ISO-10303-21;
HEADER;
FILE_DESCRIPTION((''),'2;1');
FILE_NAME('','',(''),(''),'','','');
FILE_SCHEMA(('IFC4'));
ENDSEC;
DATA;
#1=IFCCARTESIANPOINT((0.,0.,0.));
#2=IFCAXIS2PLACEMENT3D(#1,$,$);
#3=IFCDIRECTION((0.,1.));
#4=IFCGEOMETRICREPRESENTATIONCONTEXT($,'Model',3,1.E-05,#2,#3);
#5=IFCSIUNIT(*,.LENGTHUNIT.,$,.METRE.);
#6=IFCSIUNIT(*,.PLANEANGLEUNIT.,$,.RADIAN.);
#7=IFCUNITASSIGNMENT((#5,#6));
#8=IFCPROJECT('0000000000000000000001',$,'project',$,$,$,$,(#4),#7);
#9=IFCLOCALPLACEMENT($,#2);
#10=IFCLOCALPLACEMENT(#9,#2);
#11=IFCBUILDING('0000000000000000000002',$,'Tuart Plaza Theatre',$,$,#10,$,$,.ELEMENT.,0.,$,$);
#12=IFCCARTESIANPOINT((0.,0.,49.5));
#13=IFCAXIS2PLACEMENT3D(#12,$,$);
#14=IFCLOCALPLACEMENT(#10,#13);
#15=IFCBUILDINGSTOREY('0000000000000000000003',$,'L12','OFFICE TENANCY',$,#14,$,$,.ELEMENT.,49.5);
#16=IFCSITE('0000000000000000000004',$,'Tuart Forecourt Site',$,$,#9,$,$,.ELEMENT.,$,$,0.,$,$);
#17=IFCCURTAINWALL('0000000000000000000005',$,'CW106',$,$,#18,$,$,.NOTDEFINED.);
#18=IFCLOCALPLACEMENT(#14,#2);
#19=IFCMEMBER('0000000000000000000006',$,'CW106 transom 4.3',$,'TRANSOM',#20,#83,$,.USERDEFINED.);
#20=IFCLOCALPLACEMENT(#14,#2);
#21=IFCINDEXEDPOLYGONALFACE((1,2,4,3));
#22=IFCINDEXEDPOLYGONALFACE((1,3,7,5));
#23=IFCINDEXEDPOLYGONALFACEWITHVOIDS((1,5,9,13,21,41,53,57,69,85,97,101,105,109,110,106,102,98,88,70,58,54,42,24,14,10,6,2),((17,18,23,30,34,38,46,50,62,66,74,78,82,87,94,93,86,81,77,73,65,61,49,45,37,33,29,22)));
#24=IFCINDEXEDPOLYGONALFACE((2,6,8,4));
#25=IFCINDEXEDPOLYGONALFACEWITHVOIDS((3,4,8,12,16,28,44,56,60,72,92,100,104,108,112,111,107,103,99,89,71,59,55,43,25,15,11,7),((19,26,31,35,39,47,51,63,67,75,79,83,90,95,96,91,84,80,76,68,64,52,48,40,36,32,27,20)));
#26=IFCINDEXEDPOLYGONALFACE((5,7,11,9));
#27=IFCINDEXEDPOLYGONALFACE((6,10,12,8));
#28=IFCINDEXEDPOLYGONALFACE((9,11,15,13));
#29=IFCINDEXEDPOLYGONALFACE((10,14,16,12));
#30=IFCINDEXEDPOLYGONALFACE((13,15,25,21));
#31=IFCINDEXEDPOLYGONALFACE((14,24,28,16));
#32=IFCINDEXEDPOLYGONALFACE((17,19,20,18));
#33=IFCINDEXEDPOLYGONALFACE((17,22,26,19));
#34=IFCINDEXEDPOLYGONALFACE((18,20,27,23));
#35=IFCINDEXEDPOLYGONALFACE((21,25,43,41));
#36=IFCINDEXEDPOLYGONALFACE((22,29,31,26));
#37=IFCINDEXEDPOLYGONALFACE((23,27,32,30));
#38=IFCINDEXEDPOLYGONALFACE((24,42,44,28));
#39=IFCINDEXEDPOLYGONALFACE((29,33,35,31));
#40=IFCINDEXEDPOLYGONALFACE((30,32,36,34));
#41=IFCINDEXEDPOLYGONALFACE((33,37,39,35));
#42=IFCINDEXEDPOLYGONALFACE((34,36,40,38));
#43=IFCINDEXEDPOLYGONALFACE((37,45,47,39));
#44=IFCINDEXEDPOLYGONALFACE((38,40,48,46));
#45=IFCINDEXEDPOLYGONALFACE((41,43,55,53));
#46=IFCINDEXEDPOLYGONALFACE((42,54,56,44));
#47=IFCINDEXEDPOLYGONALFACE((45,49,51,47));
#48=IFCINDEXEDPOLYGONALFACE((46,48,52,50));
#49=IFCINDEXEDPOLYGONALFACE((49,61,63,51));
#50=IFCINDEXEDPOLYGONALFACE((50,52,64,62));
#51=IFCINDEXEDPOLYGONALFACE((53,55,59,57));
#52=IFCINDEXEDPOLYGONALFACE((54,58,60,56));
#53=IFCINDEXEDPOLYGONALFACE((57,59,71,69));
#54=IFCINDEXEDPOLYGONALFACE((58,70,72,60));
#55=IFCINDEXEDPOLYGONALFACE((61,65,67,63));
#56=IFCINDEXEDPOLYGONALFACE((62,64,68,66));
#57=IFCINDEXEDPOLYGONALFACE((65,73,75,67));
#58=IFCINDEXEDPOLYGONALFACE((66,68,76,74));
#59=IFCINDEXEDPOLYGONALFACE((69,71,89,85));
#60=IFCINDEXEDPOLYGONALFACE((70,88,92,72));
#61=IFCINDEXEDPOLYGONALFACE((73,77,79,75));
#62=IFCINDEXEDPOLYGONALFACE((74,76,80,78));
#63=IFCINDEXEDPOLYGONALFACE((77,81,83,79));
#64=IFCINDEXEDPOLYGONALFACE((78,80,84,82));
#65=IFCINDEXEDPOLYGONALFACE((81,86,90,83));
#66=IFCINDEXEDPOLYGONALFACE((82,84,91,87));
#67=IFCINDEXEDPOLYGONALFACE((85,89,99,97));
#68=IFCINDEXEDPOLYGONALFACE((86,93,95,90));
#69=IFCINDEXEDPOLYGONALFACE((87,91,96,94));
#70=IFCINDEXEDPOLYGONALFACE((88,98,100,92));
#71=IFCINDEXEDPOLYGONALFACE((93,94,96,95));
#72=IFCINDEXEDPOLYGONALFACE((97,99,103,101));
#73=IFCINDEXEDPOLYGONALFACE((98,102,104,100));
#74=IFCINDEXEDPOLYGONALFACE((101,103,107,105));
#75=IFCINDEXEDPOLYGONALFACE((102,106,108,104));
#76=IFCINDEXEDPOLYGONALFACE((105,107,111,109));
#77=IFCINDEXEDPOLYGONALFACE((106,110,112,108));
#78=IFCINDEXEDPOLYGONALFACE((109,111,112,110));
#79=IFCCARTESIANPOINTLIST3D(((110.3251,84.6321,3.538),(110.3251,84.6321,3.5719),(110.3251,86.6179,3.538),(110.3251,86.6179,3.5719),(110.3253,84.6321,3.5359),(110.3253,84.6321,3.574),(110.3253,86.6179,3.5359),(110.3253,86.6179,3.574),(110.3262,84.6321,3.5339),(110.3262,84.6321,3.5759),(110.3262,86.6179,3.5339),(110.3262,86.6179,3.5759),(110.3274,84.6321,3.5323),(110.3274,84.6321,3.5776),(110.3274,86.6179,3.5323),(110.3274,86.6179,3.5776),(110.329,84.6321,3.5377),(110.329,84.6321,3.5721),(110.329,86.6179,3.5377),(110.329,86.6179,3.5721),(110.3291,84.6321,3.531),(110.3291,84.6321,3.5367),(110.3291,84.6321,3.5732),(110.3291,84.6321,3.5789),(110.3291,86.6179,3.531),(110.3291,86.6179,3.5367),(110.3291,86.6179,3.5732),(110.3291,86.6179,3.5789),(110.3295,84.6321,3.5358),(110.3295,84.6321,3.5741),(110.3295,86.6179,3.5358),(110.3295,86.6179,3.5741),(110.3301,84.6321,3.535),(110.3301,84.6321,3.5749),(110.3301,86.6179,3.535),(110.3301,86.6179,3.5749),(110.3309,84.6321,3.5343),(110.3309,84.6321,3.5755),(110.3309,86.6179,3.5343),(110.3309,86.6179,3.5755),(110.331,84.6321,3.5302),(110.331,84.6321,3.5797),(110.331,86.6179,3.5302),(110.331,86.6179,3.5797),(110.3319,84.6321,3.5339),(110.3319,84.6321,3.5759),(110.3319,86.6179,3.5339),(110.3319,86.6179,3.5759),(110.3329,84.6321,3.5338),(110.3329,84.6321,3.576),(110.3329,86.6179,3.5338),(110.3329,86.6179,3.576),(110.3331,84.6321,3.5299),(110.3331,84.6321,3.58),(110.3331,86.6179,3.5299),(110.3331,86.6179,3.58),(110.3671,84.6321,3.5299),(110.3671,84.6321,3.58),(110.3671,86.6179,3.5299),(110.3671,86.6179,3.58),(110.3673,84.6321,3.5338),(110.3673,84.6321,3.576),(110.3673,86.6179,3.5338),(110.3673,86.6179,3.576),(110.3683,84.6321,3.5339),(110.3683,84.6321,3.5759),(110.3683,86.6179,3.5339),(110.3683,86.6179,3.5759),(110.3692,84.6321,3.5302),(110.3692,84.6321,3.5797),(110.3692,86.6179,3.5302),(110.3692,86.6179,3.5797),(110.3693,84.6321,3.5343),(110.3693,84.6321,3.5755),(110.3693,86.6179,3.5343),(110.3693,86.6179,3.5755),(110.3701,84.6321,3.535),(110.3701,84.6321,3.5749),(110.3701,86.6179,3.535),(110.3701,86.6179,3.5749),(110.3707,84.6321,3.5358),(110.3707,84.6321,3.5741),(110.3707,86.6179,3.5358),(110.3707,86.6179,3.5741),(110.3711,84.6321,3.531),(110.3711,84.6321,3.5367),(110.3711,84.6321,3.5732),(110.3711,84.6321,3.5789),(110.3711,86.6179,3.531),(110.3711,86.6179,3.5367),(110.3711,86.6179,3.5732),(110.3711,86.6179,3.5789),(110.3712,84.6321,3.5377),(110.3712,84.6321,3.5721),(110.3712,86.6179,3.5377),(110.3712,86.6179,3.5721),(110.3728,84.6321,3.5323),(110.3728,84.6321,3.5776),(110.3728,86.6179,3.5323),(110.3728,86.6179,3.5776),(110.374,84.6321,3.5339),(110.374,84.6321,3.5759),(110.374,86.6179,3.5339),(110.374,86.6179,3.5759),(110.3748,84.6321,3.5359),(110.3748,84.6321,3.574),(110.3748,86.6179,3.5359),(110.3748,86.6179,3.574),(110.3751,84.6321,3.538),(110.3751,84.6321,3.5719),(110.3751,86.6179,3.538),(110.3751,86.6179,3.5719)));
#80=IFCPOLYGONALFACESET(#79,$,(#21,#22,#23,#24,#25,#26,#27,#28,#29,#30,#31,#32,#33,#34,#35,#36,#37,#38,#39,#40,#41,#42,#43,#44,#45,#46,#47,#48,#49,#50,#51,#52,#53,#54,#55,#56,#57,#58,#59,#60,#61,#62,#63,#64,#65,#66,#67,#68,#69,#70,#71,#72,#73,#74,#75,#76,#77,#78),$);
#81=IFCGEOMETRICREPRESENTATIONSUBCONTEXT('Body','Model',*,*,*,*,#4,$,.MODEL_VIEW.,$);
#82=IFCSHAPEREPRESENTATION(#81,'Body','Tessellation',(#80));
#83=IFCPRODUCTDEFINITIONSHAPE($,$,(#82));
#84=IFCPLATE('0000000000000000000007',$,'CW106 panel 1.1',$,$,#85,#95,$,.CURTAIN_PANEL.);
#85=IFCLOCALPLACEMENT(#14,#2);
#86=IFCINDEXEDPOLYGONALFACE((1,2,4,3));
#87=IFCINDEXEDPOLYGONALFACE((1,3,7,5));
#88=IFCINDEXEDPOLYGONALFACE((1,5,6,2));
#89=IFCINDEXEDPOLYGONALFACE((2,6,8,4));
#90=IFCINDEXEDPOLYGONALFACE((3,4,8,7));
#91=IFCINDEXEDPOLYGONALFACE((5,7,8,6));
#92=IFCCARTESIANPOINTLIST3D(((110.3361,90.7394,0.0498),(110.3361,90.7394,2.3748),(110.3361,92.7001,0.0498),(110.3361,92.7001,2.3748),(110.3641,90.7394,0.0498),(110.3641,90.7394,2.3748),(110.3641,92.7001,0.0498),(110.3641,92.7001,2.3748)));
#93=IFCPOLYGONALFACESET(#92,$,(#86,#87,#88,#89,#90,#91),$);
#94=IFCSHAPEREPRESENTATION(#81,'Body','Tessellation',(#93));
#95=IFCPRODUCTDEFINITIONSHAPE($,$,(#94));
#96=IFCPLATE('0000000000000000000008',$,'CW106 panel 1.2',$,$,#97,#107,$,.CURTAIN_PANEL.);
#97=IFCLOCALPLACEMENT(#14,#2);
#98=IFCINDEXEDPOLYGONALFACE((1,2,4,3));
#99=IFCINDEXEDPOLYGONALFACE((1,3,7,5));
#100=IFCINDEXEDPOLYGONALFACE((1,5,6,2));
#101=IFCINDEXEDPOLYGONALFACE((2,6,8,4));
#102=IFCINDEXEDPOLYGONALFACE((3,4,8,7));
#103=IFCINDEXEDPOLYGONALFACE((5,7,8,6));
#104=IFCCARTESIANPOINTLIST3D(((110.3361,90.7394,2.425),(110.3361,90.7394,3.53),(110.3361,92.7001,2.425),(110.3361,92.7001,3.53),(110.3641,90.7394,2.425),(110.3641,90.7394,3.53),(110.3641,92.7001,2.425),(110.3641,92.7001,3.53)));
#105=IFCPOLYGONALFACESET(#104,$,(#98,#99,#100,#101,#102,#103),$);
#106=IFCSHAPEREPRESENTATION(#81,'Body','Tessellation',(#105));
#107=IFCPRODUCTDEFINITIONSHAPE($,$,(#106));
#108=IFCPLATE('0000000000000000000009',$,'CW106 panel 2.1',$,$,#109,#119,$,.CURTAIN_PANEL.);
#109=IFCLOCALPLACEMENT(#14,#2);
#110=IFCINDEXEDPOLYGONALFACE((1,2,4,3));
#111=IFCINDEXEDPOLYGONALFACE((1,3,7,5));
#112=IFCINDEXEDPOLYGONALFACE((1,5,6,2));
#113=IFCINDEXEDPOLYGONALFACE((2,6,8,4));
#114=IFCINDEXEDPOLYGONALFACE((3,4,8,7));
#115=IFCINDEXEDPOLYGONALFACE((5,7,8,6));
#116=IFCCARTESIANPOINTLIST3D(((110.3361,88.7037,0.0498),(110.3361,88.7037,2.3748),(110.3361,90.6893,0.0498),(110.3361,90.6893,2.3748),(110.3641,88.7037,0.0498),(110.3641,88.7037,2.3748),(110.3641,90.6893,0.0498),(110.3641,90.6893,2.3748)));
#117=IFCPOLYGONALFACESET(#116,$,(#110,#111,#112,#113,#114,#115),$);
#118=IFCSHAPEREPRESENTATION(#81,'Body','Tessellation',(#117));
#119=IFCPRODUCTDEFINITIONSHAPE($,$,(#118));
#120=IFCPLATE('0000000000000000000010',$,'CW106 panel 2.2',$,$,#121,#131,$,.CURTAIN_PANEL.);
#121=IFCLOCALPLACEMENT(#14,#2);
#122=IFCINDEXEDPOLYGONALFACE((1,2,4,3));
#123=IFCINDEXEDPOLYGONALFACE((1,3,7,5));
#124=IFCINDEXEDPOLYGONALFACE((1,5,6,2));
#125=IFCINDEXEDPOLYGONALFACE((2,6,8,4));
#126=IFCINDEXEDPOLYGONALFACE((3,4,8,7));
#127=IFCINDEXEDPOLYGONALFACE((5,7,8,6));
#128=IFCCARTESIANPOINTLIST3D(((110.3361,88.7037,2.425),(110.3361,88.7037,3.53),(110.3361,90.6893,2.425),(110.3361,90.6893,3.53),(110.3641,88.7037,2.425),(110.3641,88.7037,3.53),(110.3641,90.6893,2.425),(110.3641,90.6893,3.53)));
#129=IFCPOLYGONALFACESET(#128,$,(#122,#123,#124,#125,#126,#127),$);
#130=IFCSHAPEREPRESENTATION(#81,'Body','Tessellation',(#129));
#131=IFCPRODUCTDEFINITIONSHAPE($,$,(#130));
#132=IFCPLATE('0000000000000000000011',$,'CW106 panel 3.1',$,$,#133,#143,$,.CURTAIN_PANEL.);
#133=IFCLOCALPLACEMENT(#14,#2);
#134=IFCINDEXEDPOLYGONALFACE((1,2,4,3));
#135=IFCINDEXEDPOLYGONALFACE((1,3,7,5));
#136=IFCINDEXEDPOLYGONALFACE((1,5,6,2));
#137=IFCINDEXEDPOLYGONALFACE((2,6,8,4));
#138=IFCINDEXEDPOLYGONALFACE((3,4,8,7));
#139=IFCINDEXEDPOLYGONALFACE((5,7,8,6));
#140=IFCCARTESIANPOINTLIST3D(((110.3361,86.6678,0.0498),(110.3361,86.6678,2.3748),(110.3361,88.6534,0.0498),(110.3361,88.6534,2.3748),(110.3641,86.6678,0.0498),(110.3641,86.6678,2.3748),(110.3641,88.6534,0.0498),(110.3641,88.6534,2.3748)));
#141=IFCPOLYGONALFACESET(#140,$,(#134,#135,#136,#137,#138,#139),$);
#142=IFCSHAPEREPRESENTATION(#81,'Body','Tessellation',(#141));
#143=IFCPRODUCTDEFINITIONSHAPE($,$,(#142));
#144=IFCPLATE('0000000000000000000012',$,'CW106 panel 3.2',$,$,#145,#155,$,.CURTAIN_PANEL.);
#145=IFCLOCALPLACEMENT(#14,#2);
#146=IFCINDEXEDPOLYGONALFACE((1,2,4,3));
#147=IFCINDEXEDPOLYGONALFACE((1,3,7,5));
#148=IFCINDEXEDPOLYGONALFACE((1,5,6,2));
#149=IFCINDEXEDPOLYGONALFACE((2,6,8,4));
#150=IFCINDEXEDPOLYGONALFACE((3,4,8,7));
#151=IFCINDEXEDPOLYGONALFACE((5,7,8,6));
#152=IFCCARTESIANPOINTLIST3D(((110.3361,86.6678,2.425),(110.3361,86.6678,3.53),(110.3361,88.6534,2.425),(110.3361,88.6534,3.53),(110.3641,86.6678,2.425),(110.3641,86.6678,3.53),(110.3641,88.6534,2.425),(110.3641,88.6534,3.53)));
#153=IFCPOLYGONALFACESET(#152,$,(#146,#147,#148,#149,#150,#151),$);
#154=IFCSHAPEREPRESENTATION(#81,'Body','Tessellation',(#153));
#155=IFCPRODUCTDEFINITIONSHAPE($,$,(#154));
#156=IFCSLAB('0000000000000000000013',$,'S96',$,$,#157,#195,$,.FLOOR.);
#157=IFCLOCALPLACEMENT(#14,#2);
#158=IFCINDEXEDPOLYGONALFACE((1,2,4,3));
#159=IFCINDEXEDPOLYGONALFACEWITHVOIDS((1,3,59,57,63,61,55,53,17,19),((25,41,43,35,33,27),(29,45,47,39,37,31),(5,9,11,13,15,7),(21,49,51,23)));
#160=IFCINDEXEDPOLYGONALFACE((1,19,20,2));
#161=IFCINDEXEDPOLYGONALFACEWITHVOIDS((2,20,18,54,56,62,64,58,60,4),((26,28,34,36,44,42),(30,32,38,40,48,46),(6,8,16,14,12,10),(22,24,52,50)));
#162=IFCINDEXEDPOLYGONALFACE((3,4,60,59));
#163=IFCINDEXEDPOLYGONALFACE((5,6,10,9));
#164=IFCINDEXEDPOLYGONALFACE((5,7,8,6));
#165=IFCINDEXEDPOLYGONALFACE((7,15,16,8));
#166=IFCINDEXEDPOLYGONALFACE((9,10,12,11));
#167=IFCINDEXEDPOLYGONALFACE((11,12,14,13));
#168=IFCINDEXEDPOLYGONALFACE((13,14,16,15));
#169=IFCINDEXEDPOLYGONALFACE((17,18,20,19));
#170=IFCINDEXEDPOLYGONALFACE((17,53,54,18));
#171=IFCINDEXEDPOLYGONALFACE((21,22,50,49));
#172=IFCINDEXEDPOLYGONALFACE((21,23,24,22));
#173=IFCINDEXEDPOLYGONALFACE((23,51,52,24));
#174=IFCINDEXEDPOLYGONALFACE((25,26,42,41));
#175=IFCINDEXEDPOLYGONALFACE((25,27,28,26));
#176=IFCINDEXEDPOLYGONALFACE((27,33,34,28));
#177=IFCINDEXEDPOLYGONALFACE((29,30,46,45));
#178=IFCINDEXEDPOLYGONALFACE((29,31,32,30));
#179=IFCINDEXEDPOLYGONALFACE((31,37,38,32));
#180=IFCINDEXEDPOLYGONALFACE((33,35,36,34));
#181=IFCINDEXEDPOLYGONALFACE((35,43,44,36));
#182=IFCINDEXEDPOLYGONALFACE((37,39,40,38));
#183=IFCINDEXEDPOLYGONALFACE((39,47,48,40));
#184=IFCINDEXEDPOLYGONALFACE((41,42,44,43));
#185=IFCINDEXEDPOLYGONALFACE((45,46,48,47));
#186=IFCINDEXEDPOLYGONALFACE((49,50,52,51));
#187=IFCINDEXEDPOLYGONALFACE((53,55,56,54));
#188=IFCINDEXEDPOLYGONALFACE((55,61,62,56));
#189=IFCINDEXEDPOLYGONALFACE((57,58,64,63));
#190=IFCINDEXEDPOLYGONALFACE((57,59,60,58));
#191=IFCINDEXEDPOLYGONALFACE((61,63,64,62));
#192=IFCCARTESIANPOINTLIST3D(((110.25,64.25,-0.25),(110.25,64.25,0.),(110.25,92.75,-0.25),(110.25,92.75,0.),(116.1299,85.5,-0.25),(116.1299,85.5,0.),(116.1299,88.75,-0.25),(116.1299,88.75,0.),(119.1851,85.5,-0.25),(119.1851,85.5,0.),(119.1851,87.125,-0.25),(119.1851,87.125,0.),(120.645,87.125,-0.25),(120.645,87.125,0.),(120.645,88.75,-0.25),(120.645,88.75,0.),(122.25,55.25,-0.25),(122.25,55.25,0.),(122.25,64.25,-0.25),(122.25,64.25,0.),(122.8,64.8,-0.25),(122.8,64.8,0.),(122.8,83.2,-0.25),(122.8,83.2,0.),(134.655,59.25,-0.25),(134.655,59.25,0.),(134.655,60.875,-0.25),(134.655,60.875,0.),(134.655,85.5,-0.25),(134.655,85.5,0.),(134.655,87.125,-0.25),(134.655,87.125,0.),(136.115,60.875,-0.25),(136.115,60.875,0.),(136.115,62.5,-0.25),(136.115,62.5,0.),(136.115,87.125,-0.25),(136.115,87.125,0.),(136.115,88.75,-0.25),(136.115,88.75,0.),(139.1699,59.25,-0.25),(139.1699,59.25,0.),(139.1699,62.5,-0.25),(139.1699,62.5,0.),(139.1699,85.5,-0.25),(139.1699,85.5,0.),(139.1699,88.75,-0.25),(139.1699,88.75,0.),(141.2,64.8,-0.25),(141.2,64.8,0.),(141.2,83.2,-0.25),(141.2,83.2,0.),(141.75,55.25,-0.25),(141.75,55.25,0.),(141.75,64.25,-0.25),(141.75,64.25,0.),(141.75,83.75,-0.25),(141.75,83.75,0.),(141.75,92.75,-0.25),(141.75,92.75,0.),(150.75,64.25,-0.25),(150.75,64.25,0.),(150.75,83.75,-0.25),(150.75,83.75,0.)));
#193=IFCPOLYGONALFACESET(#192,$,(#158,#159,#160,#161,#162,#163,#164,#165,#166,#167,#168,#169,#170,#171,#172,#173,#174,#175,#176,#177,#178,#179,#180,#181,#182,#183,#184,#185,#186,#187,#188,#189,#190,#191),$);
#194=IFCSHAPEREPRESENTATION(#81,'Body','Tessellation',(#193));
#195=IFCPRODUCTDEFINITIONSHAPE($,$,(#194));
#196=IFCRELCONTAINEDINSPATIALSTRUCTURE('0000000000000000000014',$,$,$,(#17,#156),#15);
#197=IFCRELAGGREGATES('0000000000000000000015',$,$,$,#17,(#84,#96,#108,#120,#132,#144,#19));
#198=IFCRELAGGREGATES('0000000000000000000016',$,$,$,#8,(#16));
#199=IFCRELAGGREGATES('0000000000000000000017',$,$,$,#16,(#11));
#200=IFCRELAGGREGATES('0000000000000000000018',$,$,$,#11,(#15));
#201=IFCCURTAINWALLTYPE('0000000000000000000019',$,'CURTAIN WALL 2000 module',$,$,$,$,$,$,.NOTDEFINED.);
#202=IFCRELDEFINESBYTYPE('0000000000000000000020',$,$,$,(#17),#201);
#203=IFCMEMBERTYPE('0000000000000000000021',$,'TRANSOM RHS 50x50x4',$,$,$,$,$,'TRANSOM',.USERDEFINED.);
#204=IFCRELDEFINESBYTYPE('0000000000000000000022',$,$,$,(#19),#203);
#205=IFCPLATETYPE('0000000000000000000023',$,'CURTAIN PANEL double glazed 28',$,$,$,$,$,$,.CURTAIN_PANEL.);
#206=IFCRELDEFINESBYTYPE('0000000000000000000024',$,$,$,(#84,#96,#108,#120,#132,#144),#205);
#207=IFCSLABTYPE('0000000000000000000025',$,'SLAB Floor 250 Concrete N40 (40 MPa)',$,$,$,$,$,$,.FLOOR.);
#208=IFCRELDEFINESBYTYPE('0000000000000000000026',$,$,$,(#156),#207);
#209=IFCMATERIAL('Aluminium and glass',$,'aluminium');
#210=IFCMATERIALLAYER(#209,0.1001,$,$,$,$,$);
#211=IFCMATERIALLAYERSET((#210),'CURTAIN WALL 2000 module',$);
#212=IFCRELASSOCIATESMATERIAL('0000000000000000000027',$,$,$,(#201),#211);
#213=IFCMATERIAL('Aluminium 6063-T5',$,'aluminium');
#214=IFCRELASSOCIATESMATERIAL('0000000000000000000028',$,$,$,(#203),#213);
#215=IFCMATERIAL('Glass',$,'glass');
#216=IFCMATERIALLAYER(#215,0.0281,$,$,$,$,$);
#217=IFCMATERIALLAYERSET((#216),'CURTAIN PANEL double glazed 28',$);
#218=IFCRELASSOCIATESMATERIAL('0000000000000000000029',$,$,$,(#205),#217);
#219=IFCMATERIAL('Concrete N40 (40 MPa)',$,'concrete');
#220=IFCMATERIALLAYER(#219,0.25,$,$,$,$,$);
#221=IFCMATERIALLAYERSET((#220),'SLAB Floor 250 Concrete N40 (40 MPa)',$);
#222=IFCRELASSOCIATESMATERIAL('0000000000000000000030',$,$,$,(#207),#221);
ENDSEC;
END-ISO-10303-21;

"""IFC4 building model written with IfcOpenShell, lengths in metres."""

from ifc_helpers import new_model, si_unit, direction, frame, origin, origin_2d, place, context, subcontext, project, spatial, polyline, rectangle, hollow_rectangle, outline, extrude, material, layer, layer_set, material_profile, profile_set, type_object, element, aggregate, save


model = new_model("IFC4")

# Units and contexts
model_context = context("Model", 3, precision=1e-05, world=origin(), true_north=direction((0.0, 1.0)))
body_context = subcontext(model_context, "Body", "Model", "MODEL_VIEW")
ifc_project = project(units=[si_unit("LENGTHUNIT", "METRE"), si_unit("PLANEANGLEUNIT", "RADIAN")], contexts=[model_context])

# Site, building, storey
site_placement = place(None, origin())
site = spatial("IfcSite", under=ifc_project, at=site_placement, Name="Tuart Forecourt Site", CompositionType="ELEMENT", RefElevation=0.0)
building_placement = place(site_placement, origin())
building = spatial("IfcBuilding", under=site, at=building_placement, Name="Tuart Plaza Theatre", CompositionType="ELEMENT", ElevationOfRefHeight=0.0)
storey_placement = place(building_placement, frame((0.0, 0.0, 49.5)))
storey = spatial("IfcBuildingStorey", under=building, at=storey_placement, Name="L12", Description="OFFICE TENANCY", CompositionType="ELEMENT", Elevation=49.5)

# Curtain wall, member, plates
ifc_material_1 = material(Name="Aluminium and glass", Category="aluminium")
ifc_layer_1 = layer(ifc_material_1, 0.1001)
ifc_layer_set_1 = layer_set([ifc_layer_1], Name="CURTAIN WALL 2000 module")
curtain_wall_type = type_object("IfcCurtainWallType", Name="CURTAIN WALL 2000 module", PredefinedType="NOTDEFINED", material=ifc_layer_set_1)
curtain_wall_placement = place(storey_placement, origin())
curtain_wall = element("IfcCurtainWall", 1, at=curtain_wall_placement, inside=storey, type_object=curtain_wall_type, Name="CW106", PredefinedType="NOTDEFINED")
ifc_material_2 = material(Name="Aluminium 6063-T5", Category="aluminium")
ifc_material_profile_1 = material_profile(ifc_material_2, hollow_rectangle(XDim=0.05, YDim=0.05, WallThickness=0.0039, InnerFilletRadius=0.0039, OuterFilletRadius=0.0081, at=origin_2d()), Name="RHS 50x50x4")
ifc_profile_set_1 = profile_set([ifc_material_profile_1], Name="Aluminium 6063-T5")
member_type_1 = type_object("IfcMemberType", Name="TRANSOM RHS 50x50x4", ElementType="TRANSOM", PredefinedType="USERDEFINED", material=ifc_profile_set_1)
member_1_placement = place(storey_placement, frame((110.3501, 86.6179, 3.5549), z_axis=(0.0, -1.0, 0.0), x_axis=(1.0, 0.0, 0.0)))
member_1 = element("IfcMember", 2, at=member_1_placement, type_object=member_type_1, Name="CW106 transom 4.3", ObjectType="TRANSOM", PredefinedType="USERDEFINED", context=body_context, shape_type="SweptSolid", body=[
    extrude(hollow_rectangle(XDim=0.05, YDim=0.05, WallThickness=0.0039, InnerFilletRadius=0.0039, OuterFilletRadius=0.0081, at=origin_2d()), origin(), (0.0, 0.0, 1.0), 1.9858),
])
ifc_material_3 = material(Name="Glass", Category="glass")
ifc_layer_2 = layer(ifc_material_3, 0.0281)
ifc_layer_set_2 = layer_set([ifc_layer_2], Name="CURTAIN PANEL double glazed 28")
plate_type = type_object("IfcPlateType", Name="CURTAIN PANEL double glazed 28", PredefinedType="CURTAIN_PANEL", material=ifc_layer_set_2)
plate_1_placement = place(storey_placement, frame((110.3501, 91.7197, 0.0498), z_axis=(0.0, 0.0, 1.0), x_axis=(0.0, -1.0, 0.0)))
plate_1 = element("IfcPlate", 3, at=plate_1_placement, type_object=plate_type, Name="CW106 panel 1.1", PredefinedType="CURTAIN_PANEL", context=body_context, shape_type="SweptSolid", body=[
    extrude(rectangle(XDim=1.9607, YDim=0.0281, at=origin_2d()), origin(), (0.0, 0.0, 1.0), 2.325),
])
plate_2_placement = place(storey_placement, frame((110.3501, 91.7197, 2.425), z_axis=(0.0, 0.0, 1.0), x_axis=(0.0, -1.0, 0.0)))
plate_2 = element("IfcPlate", 4, at=plate_2_placement, type_object=plate_type, Name="CW106 panel 1.2", PredefinedType="CURTAIN_PANEL", context=body_context, shape_type="SweptSolid", body=[
    extrude(rectangle(XDim=1.9607, YDim=0.0281, at=origin_2d()), origin(), (0.0, 0.0, 1.0), 1.105),
])
plate_3_placement = place(storey_placement, frame((110.3501, 89.6965, 0.0498), z_axis=(0.0, 0.0, 1.0), x_axis=(0.0, -1.0, 0.0)))
plate_3 = element("IfcPlate", 5, at=plate_3_placement, type_object=plate_type, Name="CW106 panel 2.1", PredefinedType="CURTAIN_PANEL", context=body_context, shape_type="SweptSolid", body=[
    extrude(rectangle(XDim=1.9856, YDim=0.0281, at=origin_2d()), origin(), (0.0, 0.0, 1.0), 2.325),
])
plate_4_placement = place(storey_placement, frame((110.3501, 89.6965, 2.425), z_axis=(0.0, 0.0, 1.0), x_axis=(0.0, -1.0, 0.0)))
plate_4 = element("IfcPlate", 6, at=plate_4_placement, type_object=plate_type, Name="CW106 panel 2.2", PredefinedType="CURTAIN_PANEL", context=body_context, shape_type="SweptSolid", body=[
    extrude(rectangle(XDim=1.9856, YDim=0.0281, at=origin_2d()), origin(), (0.0, 0.0, 1.0), 1.105),
])
plate_5_placement = place(storey_placement, frame((110.3501, 87.6606, 0.0498), z_axis=(0.0, 0.0, 1.0), x_axis=(0.0, -1.0, 0.0)))
plate_5 = element("IfcPlate", 7, at=plate_5_placement, type_object=plate_type, Name="CW106 panel 3.1", PredefinedType="CURTAIN_PANEL", context=body_context, shape_type="SweptSolid", body=[
    extrude(rectangle(XDim=1.9856, YDim=0.0281, at=origin_2d()), origin(), (0.0, 0.0, 1.0), 2.325),
])
plate_6_placement = place(storey_placement, frame((110.3501, 87.6606, 2.425), z_axis=(0.0, 0.0, 1.0), x_axis=(0.0, -1.0, 0.0)))
plate_6 = element("IfcPlate", 8, at=plate_6_placement, type_object=plate_type, Name="CW106 panel 3.2", PredefinedType="CURTAIN_PANEL", context=body_context, shape_type="SweptSolid", body=[
    extrude(rectangle(XDim=1.9856, YDim=0.0281, at=origin_2d()), origin(), (0.0, 0.0, 1.0), 1.105),
])
aggregate(curtain_wall, [plate_1, plate_2, plate_3, plate_4, plate_5, plate_6, member_1])

# Slab
ifc_material_4 = material(Name="Concrete N40 (40 MPa)", Category="concrete")
ifc_layer_3 = layer(ifc_material_4, 0.25)
ifc_layer_set_3 = layer_set([ifc_layer_3], Name="SLAB Floor 250 Concrete N40 (40 MPa)")
slab_type_1 = type_object("IfcSlabType", Name="SLAB Floor 250 Concrete N40 (40 MPa)", PredefinedType="FLOOR", material=ifc_layer_set_3)
slab_1_placement = place(storey_placement, frame((0.0, 0.0, -0.25)))
element("IfcSlab", 9, at=slab_1_placement, inside=storey, type_object=slab_type_1, Name="S96", PredefinedType="FLOOR", context=body_context, shape_type="SweptSolid", body=[
    extrude(outline(polyline([(141.75, 92.75), (110.25, 92.75), (110.25, 64.25), (122.25, 64.25), (122.25, 55.25), (141.75, 55.25), (141.75, 64.25), (150.75, 64.25), (150.75, 83.75), (141.75, 83.75), (141.75, 92.75)]), holes=[polyline([(141.2, 64.8), (141.2, 83.2), (122.8, 83.2), (122.8, 64.8), (141.2, 64.8)]), polyline([(136.115, 62.5), (136.115, 60.875), (134.655, 60.875), (134.655, 59.25), (139.1699, 59.25), (139.1699, 62.5), (136.115, 62.5)]), polyline([(139.1699, 88.75), (136.115, 88.75), (136.115, 87.125), (134.655, 87.125), (134.655, 85.5), (139.1699, 85.5), (139.1699, 88.75)]), polyline([(116.1299, 88.75), (116.1299, 85.5), (119.1851, 85.5), (119.1851, 87.125), (120.645, 87.125), (120.645, 88.75), (116.1299, 88.75)])]), origin(), (0.0, 0.0, 1.0), 0.25),
])

save(model, "model.ifc")
